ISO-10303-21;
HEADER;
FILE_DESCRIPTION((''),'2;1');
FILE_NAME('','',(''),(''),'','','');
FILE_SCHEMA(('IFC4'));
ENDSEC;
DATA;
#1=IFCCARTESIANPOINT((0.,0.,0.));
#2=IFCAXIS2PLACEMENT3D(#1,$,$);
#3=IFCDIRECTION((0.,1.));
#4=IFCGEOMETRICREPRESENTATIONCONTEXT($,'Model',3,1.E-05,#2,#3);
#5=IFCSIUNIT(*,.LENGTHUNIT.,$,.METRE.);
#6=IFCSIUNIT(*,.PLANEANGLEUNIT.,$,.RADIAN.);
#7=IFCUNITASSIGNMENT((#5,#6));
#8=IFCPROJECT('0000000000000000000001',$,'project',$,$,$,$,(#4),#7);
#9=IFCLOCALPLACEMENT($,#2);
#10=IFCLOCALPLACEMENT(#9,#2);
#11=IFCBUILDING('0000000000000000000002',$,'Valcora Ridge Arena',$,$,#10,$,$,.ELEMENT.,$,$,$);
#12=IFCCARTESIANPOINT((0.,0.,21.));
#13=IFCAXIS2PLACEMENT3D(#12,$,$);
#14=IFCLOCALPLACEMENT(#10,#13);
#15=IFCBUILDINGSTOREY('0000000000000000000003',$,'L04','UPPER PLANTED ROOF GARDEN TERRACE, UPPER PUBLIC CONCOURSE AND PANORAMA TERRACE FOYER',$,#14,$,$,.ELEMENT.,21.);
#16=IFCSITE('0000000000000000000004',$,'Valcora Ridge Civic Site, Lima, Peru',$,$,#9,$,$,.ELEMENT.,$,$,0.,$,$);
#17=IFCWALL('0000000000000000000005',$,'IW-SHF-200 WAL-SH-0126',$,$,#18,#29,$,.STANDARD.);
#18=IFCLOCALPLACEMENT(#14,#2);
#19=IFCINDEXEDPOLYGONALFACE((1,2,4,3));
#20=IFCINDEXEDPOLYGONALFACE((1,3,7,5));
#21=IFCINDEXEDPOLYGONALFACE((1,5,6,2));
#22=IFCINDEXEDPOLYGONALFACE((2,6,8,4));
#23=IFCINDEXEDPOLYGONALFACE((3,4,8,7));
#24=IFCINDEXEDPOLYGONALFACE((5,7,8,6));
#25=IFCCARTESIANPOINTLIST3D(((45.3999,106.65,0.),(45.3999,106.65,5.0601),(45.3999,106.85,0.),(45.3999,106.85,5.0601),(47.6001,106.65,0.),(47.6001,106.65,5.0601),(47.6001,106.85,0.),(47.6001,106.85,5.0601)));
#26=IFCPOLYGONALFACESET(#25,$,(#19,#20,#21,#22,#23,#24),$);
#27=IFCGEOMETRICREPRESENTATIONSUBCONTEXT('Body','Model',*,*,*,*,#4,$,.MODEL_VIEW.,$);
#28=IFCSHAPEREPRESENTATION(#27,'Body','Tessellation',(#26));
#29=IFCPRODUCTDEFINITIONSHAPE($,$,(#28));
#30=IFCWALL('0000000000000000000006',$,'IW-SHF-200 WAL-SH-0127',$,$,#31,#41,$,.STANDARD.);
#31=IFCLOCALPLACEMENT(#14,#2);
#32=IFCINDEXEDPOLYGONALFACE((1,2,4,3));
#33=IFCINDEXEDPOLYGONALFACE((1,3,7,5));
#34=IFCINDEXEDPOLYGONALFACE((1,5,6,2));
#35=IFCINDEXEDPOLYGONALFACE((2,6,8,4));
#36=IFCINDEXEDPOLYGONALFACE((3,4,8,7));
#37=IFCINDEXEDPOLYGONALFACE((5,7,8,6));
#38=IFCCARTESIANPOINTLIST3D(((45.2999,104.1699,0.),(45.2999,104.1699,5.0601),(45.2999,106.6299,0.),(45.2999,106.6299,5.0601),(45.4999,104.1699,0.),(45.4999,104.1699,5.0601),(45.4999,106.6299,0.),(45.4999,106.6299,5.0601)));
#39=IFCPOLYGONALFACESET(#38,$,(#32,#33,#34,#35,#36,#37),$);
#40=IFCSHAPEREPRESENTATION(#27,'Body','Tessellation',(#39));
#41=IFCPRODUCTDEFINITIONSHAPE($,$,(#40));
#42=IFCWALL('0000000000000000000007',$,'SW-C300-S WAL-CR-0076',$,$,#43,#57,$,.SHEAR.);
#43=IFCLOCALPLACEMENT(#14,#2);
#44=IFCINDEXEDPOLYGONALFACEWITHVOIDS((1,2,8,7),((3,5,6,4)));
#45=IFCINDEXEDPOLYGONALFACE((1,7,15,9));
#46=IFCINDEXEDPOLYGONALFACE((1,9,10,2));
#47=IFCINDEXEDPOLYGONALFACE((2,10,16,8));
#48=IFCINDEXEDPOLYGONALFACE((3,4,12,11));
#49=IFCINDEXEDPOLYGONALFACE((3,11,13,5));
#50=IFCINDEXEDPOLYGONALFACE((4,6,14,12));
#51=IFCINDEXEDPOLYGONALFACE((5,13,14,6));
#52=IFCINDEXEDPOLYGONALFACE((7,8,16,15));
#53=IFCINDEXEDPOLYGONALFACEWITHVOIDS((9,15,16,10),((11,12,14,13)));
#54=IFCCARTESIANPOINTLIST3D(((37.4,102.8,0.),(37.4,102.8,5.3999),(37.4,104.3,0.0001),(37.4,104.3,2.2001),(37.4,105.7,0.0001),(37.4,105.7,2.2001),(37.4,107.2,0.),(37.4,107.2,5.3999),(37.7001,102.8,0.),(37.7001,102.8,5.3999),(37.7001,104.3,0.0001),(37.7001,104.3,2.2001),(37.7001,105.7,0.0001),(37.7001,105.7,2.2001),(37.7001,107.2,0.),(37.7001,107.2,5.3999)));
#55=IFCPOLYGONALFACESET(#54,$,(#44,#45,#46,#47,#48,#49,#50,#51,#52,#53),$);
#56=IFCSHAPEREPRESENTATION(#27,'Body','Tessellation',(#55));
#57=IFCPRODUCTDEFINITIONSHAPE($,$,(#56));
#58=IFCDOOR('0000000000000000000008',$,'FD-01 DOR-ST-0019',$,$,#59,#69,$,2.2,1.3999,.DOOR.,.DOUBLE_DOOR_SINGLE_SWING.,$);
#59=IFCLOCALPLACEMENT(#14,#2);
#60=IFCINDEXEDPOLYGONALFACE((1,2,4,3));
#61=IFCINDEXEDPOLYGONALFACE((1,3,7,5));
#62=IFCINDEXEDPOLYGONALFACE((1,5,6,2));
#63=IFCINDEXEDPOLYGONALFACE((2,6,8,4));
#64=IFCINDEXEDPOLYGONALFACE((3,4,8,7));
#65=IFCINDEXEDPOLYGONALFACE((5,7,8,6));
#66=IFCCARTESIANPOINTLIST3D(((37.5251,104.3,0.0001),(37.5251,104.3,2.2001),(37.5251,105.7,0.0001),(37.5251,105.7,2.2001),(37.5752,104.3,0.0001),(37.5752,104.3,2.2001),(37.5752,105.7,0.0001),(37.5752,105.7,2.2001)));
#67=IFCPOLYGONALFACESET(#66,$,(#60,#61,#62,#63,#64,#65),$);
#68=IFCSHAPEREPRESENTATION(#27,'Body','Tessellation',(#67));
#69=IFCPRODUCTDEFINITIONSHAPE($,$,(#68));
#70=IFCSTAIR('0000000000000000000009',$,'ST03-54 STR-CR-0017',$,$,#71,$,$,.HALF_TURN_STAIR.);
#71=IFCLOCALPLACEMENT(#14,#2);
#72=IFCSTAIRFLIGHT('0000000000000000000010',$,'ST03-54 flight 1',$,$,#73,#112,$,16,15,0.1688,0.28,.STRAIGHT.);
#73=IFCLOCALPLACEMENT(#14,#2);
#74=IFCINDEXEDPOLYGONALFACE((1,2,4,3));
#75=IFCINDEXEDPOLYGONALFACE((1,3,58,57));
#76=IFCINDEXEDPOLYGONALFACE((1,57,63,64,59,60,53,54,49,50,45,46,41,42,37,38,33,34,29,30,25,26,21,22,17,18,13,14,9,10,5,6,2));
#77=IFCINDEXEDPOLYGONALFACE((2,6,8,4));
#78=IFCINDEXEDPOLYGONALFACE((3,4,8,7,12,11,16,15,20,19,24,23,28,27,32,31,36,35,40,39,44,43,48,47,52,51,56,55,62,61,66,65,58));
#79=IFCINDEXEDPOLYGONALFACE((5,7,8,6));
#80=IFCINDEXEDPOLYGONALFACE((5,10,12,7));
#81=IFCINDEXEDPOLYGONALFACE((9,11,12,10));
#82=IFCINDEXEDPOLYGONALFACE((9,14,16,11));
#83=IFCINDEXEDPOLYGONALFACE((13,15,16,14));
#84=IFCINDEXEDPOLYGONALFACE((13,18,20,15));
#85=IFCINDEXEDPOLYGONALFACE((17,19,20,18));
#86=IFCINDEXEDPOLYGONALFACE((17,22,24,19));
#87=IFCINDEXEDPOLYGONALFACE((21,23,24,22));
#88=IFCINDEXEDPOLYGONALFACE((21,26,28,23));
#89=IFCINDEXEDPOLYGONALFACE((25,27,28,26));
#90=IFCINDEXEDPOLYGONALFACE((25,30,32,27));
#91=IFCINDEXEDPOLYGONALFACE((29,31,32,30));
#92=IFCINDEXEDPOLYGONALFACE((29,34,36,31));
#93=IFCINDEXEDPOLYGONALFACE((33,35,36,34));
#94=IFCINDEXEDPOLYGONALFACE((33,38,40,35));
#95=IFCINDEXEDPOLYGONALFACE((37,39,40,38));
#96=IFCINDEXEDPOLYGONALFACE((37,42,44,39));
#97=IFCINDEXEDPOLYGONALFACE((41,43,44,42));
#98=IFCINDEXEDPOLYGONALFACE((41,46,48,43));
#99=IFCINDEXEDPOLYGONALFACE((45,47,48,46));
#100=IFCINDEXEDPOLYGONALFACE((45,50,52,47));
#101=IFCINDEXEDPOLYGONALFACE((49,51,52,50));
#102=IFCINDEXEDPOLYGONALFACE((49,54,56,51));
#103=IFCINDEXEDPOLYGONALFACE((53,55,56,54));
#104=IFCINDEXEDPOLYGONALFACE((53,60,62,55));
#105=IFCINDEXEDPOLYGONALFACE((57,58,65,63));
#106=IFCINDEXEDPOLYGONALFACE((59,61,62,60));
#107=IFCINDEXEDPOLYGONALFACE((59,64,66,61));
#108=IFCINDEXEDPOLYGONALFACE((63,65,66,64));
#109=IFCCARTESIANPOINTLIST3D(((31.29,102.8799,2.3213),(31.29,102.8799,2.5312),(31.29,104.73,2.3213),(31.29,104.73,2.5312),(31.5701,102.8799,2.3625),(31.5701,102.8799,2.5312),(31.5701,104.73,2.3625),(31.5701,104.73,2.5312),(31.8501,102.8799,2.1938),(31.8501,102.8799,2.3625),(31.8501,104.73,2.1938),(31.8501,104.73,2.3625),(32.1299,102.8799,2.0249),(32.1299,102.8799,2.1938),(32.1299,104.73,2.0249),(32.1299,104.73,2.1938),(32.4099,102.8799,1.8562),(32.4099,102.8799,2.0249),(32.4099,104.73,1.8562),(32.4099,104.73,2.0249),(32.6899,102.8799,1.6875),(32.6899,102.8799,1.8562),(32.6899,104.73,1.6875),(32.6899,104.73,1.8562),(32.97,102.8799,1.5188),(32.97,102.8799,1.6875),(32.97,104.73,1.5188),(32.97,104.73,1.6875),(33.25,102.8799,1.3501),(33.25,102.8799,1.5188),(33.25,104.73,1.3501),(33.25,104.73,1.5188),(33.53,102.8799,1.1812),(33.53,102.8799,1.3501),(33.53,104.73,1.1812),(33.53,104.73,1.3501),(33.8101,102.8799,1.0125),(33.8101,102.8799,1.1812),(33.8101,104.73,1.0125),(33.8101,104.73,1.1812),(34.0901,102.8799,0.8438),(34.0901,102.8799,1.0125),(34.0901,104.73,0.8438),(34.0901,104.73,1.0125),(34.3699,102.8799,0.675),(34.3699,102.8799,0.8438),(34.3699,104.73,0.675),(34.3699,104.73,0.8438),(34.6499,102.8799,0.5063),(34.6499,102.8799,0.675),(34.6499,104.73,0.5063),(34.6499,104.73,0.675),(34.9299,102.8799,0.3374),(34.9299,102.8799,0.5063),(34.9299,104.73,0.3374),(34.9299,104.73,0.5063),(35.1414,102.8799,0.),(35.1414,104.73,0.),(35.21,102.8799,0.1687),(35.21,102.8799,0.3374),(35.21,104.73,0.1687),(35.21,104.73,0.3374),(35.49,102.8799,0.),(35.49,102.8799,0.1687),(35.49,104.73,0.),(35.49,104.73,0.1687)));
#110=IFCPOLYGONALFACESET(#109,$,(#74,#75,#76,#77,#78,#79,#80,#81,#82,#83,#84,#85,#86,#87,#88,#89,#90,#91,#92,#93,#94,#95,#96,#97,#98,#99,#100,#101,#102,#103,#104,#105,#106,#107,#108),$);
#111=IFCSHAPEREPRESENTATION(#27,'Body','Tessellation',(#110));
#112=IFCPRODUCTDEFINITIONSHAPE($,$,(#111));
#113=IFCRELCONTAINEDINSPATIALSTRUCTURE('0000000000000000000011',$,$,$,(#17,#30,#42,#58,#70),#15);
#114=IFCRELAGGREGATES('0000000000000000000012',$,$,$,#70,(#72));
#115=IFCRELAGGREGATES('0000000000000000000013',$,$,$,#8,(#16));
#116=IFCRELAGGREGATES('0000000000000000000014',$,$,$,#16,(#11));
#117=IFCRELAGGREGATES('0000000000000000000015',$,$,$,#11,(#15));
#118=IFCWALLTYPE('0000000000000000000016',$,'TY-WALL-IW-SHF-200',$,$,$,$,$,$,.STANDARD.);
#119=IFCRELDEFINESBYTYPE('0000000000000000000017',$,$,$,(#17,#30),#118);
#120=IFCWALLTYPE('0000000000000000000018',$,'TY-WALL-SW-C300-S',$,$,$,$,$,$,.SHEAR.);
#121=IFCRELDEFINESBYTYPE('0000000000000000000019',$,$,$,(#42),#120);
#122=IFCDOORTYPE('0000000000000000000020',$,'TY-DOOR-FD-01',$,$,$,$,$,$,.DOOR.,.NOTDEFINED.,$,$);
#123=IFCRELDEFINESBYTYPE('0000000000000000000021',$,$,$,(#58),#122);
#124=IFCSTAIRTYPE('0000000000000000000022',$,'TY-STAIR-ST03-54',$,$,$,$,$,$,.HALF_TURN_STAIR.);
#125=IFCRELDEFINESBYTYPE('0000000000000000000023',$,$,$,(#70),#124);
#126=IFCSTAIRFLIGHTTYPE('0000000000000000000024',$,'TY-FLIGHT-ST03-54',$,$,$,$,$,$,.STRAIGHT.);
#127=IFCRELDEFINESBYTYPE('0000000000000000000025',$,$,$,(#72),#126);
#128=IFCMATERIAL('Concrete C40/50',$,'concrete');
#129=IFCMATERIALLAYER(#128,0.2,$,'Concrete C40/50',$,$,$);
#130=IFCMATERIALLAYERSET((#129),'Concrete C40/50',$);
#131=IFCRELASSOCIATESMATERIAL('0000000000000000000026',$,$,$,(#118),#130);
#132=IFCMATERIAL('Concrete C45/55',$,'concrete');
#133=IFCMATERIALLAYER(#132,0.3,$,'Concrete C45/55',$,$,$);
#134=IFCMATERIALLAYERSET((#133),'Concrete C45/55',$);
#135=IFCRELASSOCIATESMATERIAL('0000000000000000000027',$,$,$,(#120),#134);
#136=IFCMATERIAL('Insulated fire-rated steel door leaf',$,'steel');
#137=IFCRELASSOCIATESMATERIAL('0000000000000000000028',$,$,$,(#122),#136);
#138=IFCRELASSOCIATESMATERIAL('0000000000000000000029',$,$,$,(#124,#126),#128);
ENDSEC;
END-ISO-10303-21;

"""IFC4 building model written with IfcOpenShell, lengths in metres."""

from ifc_helpers import new_model, si_unit, direction, frame, frame_2d, origin, place, context, subcontext, project, spatial, polyline, rectangle, outline, extrude, material, layer, layer_set, type_object, element, fill, aggregate, save


model = new_model("IFC4")

# Units and contexts
model_context = context("Model", 3, precision=1e-05, world=origin(), true_north=direction((0.0, 1.0)))
body_context = subcontext(model_context, "Body", "Model", "MODEL_VIEW")
ifc_project = project(units=[si_unit("LENGTHUNIT", "METRE"), si_unit("PLANEANGLEUNIT", "RADIAN")], contexts=[model_context])

# Site, building, storey
site_placement = place(None, origin())
site = spatial("IfcSite", under=ifc_project, at=site_placement, Name="Valcora Ridge Civic Site, Lima, Peru", CompositionType="ELEMENT", RefElevation=0.0)
building_placement = place(site_placement, origin())
building = spatial("IfcBuilding", under=site, at=building_placement, Name="Valcora Ridge Arena", CompositionType="ELEMENT")
storey_placement = place(building_placement, frame((0.0, 0.0, 21.0)))
storey = spatial("IfcBuildingStorey", under=building, at=storey_placement, Name="L04", Description="UPPER PLANTED ROOF GARDEN TERRACE, UPPER PUBLIC CONCOURSE AND PANORAMA TERRACE FOYER", CompositionType="ELEMENT", Elevation=21.0)

# Shared definitions
ifc_material_1 = material(Name="Concrete C40/50", Category="concrete")

# Shared definitions
ifc_layer_1 = layer(ifc_material_1, 0.2, Name="Concrete C40/50")
ifc_layer_set_1 = layer_set([ifc_layer_1], Name="Concrete C40/50")
wall_type_1 = type_object("IfcWallType", Name="TY-WALL-IW-SHF-200", PredefinedType="STANDARD", material=ifc_layer_set_1)

# Walls
wall_1_placement = place(storey_placement, frame((45.3999, 106.75, 0.0), z_axis=(0.0, 0.0, 1.0), x_axis=(1.0, 0.0, 0.0)))
element("IfcWall", 1, at=wall_1_placement, inside=storey, type_object=wall_type_1, Name="IW-SHF-200 WAL-SH-0126", PredefinedType="STANDARD", context=body_context, shape_type="SweptSolid", body=[
    extrude(rectangle(XDim=2.2002, YDim=0.2, at=frame_2d((1.1001, 0.0))), origin(), (0.0, 0.0, 1.0), 5.0601),
])
wall_2_placement = place(storey_placement, frame((45.3999, 104.1699, 0.0), z_axis=(0.0, 0.0, 1.0), x_axis=(0.0, 1.0, 0.0)))
element("IfcWall", 2, at=wall_2_placement, inside=storey, type_object=wall_type_1, Name="IW-SHF-200 WAL-SH-0127", PredefinedType="STANDARD", context=body_context, shape_type="SweptSolid", body=[
    extrude(rectangle(XDim=2.46, YDim=0.2, at=frame_2d((1.23, 0.0))), origin(), (0.0, 0.0, 1.0), 5.0601),
])

# Wall, opening, door
ifc_material_2 = material(Name="Concrete C45/55", Category="concrete")
ifc_layer_2 = layer(ifc_material_2, 0.3, Name="Concrete C45/55")
ifc_layer_set_2 = layer_set([ifc_layer_2], Name="Concrete C45/55")
wall_type_2 = type_object("IfcWallType", Name="TY-WALL-SW-C300-S", PredefinedType="SHEAR", material=ifc_layer_set_2)
wall_3_placement = place(storey_placement, frame((37.55, 102.8, 0.0), z_axis=(0.0, 0.0, 1.0), x_axis=(0.0, 1.0, 0.0)))
wall_3 = element("IfcWall", 3, at=wall_3_placement, inside=storey, type_object=wall_type_2, Name="SW-C300-S WAL-CR-0076", PredefinedType="SHEAR", context=body_context, shape_type="SweptSolid", body=[
    extrude(rectangle(XDim=4.3999, YDim=0.3, at=frame_2d((2.2, 0.0))), origin(), (0.0, 0.0, 1.0), 5.3999),
])
opening_1_placement = place(wall_3_placement, frame((1.5, 0.0, 0.0)))
opening_1 = element("IfcOpeningElement", 4, at=opening_1_placement, cuts=wall_3, PredefinedType="OPENING", context=body_context, shape_type="SweptSolid", body=[
    extrude(rectangle(XDim=1.3999, YDim=2.2, at=frame_2d((0.7, 1.1001))), frame((0.0, 0.1599, 0.0), z_axis=(0.0, -1.0, 0.0), x_axis=(1.0, 0.0, 0.0)), (0.0, 0.0, 1.0), 0.3201),
])
ifc_material_3 = material(Name="Insulated fire-rated steel door leaf", Category="steel")
door_type_1 = type_object("IfcDoorType", Name="TY-DOOR-FD-01", OperationType="NOTDEFINED", PredefinedType="DOOR", material=ifc_material_3)
door_1_placement = place(opening_1_placement, origin())
door_1 = element("IfcDoor", 5, at=door_1_placement, inside=storey, type_object=door_type_1, Name="FD-01 DOR-ST-0019", OperationType="DOUBLE_DOOR_SINGLE_SWING", OverallHeight=2.2, OverallWidth=1.3999, PredefinedType="DOOR", context=body_context, shape_type="SweptSolid", body=[
    extrude(rectangle(XDim=1.3999, YDim=2.2, at=frame_2d((0.7, 1.1001))), frame((0.0, 0.0249, 0.0), z_axis=(0.0, -1.0, 0.0), x_axis=(1.0, 0.0, 0.0)), (0.0, 0.0, 1.0), 0.05),
])
fill(opening_1, door_1)

# Stair, stair flight
stair_type = type_object("IfcStairType", Name="TY-STAIR-ST03-54", PredefinedType="HALF_TURN_STAIR", material=ifc_material_1)
stair_placement = place(storey_placement, origin())
stair = element("IfcStair", 6, at=stair_placement, inside=storey, type_object=stair_type, Name="ST03-54 STR-CR-0017", PredefinedType="HALF_TURN_STAIR")
stair_flight_type = type_object("IfcStairFlightType", Name="TY-FLIGHT-ST03-54", PredefinedType="STRAIGHT", material=ifc_material_1)
stair_flight_placement = place(storey_placement, frame((35.49, 103.8049, 0.0), z_axis=(0.0, 0.0, 1.0), x_axis=(-1.0, 0.0, 0.0)))
stair_flight = element("IfcStairFlight", 7, at=stair_flight_placement, type_object=stair_flight_type, Name="ST03-54 flight 1", NumberOfRisers=16, NumberOfTreads=15, PredefinedType="STRAIGHT", RiserHeight=0.1688, TreadLength=0.28, context=body_context, shape_type="SweptSolid", body=[
    extrude(outline(polyline([(0.0, 0.0), (0.0, 0.1687), (0.28, 0.1687), (0.28, 0.3374), (0.5601, 0.3374), (0.5601, 0.5063), (0.8401, 0.5063), (0.8401, 0.675), (1.1201, 0.675), (1.1201, 0.8438), (1.3999, 0.8438), (1.3999, 1.0125), (1.6799, 1.0125), (1.6799, 1.1812), (1.96, 1.1812), (1.96, 1.3501), (2.24, 1.3501), (2.24, 1.5188), (2.52, 1.5188), (2.52, 1.6875), (2.8, 1.6875), (2.8, 1.8562), (3.0801, 1.8562), (3.0801, 2.0249), (3.3601, 2.0249), (3.3601, 2.1938), (3.6399, 2.1938), (3.6399, 2.3625), (3.9199, 2.3625), (3.9199, 2.5312), (4.2, 2.5312), (4.2, 2.7), (4.2, 2.3213), (0.3486, 0.0), (0.0, 0.0)])), frame((0.0, 0.925, 0.0), z_axis=(0.0, -1.0, 0.0), x_axis=(1.0, 0.0, 0.0)), (0.0, 0.0, 1.0), 1.8501),
])
aggregate(stair, [stair_flight])

save(model, "model.ifc")
